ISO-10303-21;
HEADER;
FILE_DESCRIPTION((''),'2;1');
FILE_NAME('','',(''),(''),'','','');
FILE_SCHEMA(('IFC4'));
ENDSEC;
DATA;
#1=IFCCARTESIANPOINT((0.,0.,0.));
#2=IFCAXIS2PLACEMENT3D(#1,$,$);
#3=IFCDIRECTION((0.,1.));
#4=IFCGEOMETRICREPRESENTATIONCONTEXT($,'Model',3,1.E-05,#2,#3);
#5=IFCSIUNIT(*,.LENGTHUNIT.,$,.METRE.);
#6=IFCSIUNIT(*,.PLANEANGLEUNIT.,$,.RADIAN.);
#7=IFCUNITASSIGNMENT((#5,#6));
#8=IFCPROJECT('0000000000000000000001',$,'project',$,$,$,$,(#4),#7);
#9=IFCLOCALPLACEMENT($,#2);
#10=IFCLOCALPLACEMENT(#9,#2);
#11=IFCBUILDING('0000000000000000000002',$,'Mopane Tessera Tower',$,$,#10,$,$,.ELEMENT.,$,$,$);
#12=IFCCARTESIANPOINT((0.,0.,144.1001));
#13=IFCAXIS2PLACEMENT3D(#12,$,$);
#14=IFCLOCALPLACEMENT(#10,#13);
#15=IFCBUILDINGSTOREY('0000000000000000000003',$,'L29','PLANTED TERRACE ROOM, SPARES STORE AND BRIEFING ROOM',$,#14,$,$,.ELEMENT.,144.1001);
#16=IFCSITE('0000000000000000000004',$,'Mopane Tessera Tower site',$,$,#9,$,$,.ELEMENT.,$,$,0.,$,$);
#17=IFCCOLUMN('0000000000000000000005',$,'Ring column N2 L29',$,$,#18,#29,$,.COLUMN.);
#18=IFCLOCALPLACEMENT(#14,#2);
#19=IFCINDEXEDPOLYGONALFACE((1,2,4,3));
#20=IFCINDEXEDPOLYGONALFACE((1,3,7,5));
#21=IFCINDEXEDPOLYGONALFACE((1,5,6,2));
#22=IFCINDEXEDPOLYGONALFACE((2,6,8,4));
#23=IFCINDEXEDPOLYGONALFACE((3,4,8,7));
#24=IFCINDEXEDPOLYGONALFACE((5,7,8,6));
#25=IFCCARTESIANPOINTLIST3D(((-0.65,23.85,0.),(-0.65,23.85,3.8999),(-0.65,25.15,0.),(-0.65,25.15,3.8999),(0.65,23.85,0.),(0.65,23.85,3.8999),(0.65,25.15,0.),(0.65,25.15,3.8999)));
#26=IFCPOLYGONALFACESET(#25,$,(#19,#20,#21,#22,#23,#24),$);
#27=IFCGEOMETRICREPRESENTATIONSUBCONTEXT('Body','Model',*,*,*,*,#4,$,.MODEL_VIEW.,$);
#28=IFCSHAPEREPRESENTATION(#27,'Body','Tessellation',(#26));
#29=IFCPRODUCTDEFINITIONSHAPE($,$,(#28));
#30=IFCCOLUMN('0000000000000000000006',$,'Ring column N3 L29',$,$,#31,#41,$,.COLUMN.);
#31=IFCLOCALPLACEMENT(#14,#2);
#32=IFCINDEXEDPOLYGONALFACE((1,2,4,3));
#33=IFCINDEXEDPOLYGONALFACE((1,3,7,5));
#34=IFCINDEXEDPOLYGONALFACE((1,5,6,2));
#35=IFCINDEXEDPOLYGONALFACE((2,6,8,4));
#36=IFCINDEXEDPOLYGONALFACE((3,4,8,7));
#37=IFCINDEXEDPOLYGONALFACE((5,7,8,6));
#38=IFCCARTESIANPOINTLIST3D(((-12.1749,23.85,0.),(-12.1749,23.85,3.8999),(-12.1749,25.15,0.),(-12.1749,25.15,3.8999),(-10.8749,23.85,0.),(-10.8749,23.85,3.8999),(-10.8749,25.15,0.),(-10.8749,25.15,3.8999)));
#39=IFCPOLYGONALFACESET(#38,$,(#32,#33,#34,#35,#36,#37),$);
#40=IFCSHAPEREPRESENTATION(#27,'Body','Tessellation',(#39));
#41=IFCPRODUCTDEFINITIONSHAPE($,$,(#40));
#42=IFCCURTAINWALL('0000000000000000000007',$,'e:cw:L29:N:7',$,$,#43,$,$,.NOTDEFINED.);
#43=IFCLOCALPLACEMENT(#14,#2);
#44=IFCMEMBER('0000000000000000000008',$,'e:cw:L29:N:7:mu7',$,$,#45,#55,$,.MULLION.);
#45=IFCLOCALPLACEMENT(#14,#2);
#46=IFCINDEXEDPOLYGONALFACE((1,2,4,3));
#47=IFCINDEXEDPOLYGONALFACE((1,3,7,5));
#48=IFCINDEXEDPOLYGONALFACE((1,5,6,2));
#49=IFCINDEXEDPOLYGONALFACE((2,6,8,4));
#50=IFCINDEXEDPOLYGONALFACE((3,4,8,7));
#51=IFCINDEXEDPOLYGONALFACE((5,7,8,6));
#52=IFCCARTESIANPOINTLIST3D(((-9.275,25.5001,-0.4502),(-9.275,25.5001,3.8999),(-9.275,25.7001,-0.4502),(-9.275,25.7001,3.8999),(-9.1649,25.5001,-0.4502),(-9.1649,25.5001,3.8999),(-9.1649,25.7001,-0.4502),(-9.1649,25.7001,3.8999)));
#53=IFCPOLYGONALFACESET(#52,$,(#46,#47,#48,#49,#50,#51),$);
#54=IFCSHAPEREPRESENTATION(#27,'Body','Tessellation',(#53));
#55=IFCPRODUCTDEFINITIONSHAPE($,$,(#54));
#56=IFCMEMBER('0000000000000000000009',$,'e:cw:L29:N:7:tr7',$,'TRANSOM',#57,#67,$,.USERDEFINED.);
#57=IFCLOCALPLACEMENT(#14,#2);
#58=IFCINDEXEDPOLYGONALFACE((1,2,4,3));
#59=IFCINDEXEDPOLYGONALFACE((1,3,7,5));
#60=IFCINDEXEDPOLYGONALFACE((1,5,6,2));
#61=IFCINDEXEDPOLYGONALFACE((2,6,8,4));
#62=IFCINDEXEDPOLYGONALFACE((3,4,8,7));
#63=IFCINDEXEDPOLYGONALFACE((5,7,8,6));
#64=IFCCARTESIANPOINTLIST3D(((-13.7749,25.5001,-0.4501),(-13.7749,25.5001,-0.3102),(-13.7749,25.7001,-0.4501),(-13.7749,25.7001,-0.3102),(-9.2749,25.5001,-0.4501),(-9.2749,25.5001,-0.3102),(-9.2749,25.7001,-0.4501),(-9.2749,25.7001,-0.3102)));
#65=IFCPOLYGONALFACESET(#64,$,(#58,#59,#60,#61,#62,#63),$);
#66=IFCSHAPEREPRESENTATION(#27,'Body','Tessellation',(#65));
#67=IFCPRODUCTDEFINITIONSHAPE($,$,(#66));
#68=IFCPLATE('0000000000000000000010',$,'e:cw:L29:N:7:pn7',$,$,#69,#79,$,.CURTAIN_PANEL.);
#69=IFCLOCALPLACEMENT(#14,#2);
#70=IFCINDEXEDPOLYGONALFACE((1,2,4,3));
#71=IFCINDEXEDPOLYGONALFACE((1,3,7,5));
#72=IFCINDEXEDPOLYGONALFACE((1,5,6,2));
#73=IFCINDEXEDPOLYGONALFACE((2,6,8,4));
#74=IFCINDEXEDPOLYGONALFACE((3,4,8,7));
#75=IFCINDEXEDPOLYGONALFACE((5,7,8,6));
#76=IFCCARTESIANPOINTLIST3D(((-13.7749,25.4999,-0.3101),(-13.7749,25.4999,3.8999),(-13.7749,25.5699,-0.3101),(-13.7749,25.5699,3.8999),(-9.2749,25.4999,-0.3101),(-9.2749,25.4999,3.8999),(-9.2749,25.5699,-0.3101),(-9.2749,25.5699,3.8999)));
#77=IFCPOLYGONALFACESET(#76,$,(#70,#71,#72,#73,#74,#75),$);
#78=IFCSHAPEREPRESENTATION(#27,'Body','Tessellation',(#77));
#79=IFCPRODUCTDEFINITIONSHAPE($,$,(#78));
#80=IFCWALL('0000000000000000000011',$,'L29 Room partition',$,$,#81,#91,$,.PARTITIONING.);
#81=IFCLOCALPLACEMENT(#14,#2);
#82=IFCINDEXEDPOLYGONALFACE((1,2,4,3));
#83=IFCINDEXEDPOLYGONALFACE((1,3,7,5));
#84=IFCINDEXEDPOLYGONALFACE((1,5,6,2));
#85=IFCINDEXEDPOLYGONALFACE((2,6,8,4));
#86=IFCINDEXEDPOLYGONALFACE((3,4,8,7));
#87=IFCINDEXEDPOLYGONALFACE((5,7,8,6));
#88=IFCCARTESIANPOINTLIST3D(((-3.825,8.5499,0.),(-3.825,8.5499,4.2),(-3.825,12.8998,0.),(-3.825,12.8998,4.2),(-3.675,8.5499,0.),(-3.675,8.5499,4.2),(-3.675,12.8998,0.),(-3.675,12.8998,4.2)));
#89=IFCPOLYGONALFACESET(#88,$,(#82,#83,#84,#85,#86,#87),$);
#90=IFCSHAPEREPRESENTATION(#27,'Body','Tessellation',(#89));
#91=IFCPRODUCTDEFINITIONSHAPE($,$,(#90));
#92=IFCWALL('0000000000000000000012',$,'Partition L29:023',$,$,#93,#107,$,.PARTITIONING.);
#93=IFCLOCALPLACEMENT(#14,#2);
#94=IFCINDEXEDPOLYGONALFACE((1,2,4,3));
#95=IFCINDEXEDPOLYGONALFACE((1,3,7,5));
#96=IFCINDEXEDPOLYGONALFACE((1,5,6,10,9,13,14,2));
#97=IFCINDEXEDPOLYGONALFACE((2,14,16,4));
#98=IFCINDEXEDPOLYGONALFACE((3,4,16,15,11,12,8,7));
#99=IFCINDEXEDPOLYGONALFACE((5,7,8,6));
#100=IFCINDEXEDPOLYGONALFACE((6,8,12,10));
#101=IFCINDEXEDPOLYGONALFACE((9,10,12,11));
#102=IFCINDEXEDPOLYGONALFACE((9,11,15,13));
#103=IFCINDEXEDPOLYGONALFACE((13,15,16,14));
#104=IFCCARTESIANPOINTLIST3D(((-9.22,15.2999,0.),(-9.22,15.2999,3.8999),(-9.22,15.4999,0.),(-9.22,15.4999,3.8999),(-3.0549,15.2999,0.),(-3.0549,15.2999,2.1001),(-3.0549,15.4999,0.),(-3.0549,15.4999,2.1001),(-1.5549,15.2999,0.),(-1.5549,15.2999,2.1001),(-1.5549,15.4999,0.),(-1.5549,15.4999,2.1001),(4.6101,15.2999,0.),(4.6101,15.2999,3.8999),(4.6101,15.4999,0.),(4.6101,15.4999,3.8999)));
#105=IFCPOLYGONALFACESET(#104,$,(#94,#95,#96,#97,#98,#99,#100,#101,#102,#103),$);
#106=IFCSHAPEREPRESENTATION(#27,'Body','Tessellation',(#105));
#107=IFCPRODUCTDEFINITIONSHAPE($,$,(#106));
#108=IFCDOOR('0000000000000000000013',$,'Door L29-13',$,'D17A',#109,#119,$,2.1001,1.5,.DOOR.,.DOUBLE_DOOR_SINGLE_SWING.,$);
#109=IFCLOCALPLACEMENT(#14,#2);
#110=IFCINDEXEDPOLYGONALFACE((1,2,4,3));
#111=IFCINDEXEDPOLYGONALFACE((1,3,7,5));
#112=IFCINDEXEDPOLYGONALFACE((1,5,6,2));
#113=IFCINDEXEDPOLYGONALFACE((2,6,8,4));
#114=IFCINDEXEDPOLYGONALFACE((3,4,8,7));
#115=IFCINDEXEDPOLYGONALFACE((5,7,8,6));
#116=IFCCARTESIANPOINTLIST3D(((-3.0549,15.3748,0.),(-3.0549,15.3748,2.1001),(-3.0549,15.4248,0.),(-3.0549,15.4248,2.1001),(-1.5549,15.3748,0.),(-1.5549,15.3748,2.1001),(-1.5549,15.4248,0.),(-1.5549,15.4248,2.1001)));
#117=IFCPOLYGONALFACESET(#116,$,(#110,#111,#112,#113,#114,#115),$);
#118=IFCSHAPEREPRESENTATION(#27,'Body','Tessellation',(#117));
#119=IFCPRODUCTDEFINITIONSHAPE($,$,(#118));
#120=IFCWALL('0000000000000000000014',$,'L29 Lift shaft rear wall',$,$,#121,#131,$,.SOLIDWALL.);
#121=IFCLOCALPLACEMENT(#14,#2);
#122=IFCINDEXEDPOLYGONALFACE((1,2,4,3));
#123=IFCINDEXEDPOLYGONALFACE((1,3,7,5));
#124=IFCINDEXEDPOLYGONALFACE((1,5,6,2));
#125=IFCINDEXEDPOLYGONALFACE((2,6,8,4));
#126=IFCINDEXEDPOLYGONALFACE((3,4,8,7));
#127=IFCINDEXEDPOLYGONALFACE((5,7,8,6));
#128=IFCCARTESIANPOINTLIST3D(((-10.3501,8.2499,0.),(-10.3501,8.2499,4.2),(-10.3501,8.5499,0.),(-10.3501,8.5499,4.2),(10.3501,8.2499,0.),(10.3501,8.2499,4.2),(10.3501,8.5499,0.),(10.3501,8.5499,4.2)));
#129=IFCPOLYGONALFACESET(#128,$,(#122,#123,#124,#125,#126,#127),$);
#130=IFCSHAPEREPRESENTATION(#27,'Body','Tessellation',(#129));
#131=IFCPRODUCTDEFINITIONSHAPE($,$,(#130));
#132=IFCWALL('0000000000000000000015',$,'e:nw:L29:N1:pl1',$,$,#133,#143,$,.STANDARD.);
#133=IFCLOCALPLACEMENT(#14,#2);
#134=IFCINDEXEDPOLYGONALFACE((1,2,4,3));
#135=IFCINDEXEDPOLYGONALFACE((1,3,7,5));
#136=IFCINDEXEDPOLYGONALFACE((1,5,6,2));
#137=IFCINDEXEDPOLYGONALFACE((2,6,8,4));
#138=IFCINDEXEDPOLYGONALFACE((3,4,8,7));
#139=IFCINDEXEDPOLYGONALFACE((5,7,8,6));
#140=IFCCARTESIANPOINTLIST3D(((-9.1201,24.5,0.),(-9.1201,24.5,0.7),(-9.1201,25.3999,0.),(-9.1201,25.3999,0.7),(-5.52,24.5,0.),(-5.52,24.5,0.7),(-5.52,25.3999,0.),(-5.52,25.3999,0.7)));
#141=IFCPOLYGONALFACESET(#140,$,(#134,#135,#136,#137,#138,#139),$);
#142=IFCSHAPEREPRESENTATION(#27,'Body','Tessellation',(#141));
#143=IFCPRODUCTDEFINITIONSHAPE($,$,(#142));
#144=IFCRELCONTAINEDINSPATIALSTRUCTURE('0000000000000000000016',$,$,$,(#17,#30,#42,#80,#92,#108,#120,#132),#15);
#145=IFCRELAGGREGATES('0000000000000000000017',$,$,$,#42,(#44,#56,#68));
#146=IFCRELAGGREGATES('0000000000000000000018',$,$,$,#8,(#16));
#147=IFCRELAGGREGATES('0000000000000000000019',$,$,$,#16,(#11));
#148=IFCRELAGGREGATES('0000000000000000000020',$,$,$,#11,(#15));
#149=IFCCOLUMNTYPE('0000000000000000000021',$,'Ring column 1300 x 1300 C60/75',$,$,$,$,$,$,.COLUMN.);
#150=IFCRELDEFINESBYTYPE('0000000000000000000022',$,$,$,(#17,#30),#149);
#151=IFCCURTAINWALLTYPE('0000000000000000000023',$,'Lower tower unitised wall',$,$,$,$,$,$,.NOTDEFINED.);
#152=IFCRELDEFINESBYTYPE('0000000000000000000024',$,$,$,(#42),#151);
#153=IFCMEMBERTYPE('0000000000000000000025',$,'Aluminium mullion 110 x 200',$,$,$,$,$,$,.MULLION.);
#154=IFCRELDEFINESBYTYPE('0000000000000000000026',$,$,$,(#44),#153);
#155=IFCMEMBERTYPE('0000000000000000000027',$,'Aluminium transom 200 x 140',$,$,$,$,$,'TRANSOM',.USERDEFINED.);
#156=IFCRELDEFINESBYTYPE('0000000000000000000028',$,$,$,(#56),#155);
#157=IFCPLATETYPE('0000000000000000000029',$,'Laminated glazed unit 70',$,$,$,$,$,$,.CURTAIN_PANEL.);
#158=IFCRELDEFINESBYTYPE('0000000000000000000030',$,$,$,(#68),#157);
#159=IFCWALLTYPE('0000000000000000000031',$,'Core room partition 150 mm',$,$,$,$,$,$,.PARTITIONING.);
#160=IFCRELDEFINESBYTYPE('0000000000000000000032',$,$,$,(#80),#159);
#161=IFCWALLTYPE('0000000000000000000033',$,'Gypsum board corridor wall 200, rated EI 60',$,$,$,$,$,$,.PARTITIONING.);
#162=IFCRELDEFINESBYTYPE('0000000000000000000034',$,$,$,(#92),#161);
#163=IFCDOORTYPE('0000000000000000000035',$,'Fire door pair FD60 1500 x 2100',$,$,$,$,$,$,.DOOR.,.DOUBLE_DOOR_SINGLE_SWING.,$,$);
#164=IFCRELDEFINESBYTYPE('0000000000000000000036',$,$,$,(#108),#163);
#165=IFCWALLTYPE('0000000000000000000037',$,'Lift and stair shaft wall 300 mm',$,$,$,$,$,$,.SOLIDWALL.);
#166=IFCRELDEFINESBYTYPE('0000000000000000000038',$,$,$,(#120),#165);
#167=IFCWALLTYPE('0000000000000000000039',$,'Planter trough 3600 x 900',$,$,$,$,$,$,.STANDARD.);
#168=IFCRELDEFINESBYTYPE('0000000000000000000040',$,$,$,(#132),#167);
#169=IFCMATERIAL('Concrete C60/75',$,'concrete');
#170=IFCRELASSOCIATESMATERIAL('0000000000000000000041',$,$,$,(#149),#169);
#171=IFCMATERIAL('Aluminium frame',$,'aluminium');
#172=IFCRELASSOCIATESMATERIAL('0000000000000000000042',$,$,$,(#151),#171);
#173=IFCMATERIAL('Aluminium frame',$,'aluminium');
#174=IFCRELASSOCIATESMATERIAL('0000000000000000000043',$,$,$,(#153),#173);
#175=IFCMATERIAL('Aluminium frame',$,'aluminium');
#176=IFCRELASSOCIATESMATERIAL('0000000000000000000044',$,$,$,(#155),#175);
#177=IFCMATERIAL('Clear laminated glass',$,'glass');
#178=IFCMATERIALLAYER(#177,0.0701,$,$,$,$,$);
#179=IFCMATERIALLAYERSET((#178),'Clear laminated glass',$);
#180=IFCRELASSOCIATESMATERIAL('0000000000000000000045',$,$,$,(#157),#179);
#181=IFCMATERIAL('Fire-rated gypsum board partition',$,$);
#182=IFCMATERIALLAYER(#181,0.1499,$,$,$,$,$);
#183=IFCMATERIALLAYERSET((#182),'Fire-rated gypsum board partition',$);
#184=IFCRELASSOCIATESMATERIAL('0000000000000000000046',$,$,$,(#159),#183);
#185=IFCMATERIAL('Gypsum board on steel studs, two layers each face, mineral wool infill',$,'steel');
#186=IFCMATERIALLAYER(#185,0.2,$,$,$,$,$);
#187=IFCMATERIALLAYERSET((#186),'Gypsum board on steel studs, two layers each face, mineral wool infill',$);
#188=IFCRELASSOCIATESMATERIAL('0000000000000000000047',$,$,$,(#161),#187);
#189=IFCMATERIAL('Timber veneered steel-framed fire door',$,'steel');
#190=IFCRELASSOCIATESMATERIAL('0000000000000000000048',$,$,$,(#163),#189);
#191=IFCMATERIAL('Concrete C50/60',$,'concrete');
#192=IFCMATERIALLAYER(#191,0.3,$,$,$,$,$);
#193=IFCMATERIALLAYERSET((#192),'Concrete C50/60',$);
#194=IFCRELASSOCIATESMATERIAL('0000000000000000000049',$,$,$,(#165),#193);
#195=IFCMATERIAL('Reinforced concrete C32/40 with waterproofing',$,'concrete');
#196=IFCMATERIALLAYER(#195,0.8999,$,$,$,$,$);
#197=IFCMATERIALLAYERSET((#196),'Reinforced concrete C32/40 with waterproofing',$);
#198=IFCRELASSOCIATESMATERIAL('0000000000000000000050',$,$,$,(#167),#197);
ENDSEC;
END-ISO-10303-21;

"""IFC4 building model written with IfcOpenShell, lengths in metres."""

from ifc_helpers import new_model, si_unit, direction, frame, frame_2d, origin, origin_2d, place, context, subcontext, project, spatial, rectangle, extrude, material, layer, layer_set, material_profile, profile_set, type_object, element, fill, aggregate, save


model = new_model("IFC4")

# Units and contexts
model_context = context("Model", 3, precision=1e-05, world=origin(), true_north=direction((0.0, 1.0)))
body_context = subcontext(model_context, "Body", "Model", "MODEL_VIEW")
ifc_project = project(units=[si_unit("LENGTHUNIT", "METRE"), si_unit("PLANEANGLEUNIT", "RADIAN")], contexts=[model_context])

# Site, building, storey
site_placement = place(None, origin())
site = spatial("IfcSite", under=ifc_project, at=site_placement, Name="Mopane Tessera Tower site", CompositionType="ELEMENT", RefElevation=0.0)
building_placement = place(site_placement, origin())
building = spatial("IfcBuilding", under=site, at=building_placement, Name="Mopane Tessera Tower", CompositionType="ELEMENT")
storey_placement = place(building_placement, frame((0.0, 0.0, 144.1001)))
storey = spatial("IfcBuildingStorey", under=building, at=storey_placement, Name="L29", Description="PLANTED TERRACE ROOM, SPARES STORE AND BRIEFING ROOM", CompositionType="ELEMENT", Elevation=144.1001)

# Columns
ifc_material_1 = material(Name="Concrete C60/75", Category="concrete")
ifc_material_profile_1 = material_profile(ifc_material_1, rectangle(XDim=1.3, YDim=1.3, at=origin_2d()))
ifc_profile_set_1 = profile_set([ifc_material_profile_1], Name="Concrete C60/75")
column_type = type_object("IfcColumnType", Name="Ring column 1300 x 1300 C60/75", PredefinedType="COLUMN", material=ifc_profile_set_1)
for number, where, z_axis, x_axis, name in (
    (1, (0.0, 24.5, 0.0), (0.0, 0.0, 1.0), (1.0, 0.0, 0.0), "Ring column N2 L29"),
    (2, (-11.5249, 24.5, 0.0), (0.0, 0.0, 1.0), (1.0, 0.0, 0.0), "Ring column N3 L29"),
):
    element("IfcColumn", number, at=place(storey_placement, frame(where, z_axis=z_axis, x_axis=x_axis)), inside=storey, type_object=column_type, Name=name, PredefinedType="COLUMN", context=body_context, shape_type="SweptSolid", body=[
        extrude(rectangle(XDim=1.3, YDim=1.3, at=origin_2d()), origin(), (0.0, 0.0, 1.0), 3.8999),
    ])

# Curtain wall, members, plate
ifc_material_2 = material(Name="Aluminium frame", Category="aluminium")
curtain_wall_type = type_object("IfcCurtainWallType", Name="Lower tower unitised wall", PredefinedType="NOTDEFINED", material=ifc_material_2)
curtain_wall_placement = place(storey_placement, origin())
curtain_wall = element("IfcCurtainWall", 3, at=curtain_wall_placement, inside=storey, type_object=curtain_wall_type, Name="e:cw:L29:N:7", PredefinedType="NOTDEFINED")
ifc_material_3 = material(Name="Aluminium frame", Category="aluminium")
ifc_material_profile_2 = material_profile(ifc_material_3, rectangle(XDim=0.1101, YDim=0.2, at=origin_2d()))
ifc_profile_set_2 = profile_set([ifc_material_profile_2], Name="Aluminium frame")
member_type_1 = type_object("IfcMemberType", Name="Aluminium mullion 110 x 200", PredefinedType="MULLION", material=ifc_profile_set_2)
member_1_placement = place(storey_placement, frame((-9.22, 25.6001, -0.4502), z_axis=(0.0, 0.0, 1.0), x_axis=(-1.0, 0.0, 0.0)))
member_1 = element("IfcMember", 4, at=member_1_placement, type_object=member_type_1, Name="e:cw:L29:N:7:mu7", PredefinedType="MULLION", context=body_context, shape_type="SweptSolid", body=[
    extrude(rectangle(XDim=0.1101, YDim=0.2, at=origin_2d()), origin(), (0.0, 0.0, 1.0), 4.3501),
])
ifc_material_4 = material(Name="Aluminium frame", Category="aluminium")
ifc_material_profile_3 = material_profile(ifc_material_4, rectangle(XDim=0.2, YDim=0.1399, at=origin_2d()))
ifc_profile_set_3 = profile_set([ifc_material_profile_3], Name="Aluminium frame")
member_type_2 = type_object("IfcMemberType", Name="Aluminium transom 200 x 140", ElementType="TRANSOM", PredefinedType="USERDEFINED", material=ifc_profile_set_3)
member_2_placement = place(storey_placement, frame((-9.2749, 25.6001, -0.3801), z_axis=(-1.0, 0.0, 0.0), x_axis=(0.0, -1.0, 0.0)))
member_2 = element("IfcMember", 5, at=member_2_placement, type_object=member_type_2, Name="e:cw:L29:N:7:tr7", ObjectType="TRANSOM", PredefinedType="USERDEFINED", context=body_context, shape_type="SweptSolid", body=[
    extrude(rectangle(XDim=0.2, YDim=0.1399, at=origin_2d()), origin(), (0.0, 0.0, 1.0), 4.5),
])
ifc_material_5 = material(Name="Clear laminated glass", Category="glass")
ifc_layer_1 = layer(ifc_material_5, 0.0701)
ifc_layer_set_1 = layer_set([ifc_layer_1], Name="Clear laminated glass")
plate_type = type_object("IfcPlateType", Name="Laminated glazed unit 70", PredefinedType="CURTAIN_PANEL", material=ifc_layer_set_1)
plate_placement = place(storey_placement, frame((-11.5249, 25.5349, -0.3101), z_axis=(0.0, 0.0, 1.0), x_axis=(-1.0, 0.0, 0.0)))
plate = element("IfcPlate", 6, at=plate_placement, type_object=plate_type, Name="e:cw:L29:N:7:pn7", PredefinedType="CURTAIN_PANEL", context=body_context, shape_type="SweptSolid", body=[
    extrude(rectangle(XDim=4.5, YDim=0.0701, at=origin_2d()), origin(), (0.0, 0.0, 1.0), 4.21),
])
aggregate(curtain_wall, [member_1, member_2, plate])

# Wall
ifc_material_6 = material(Name="Fire-rated gypsum board partition")
ifc_layer_2 = layer(ifc_material_6, 0.1499)
ifc_layer_set_2 = layer_set([ifc_layer_2], Name="Fire-rated gypsum board partition")
wall_type_1 = type_object("IfcWallType", Name="Core room partition 150 mm", PredefinedType="PARTITIONING", material=ifc_layer_set_2)
wall_1_placement = place(storey_placement, frame((-3.75, 8.55, 0.0), z_axis=(0.0, 0.0, 1.0), x_axis=(0.0, 1.0, 0.0)))
element("IfcWall", 7, at=wall_1_placement, inside=storey, type_object=wall_type_1, Name="L29 Room partition", PredefinedType="PARTITIONING", context=body_context, shape_type="SweptSolid", body=[
    extrude(rectangle(XDim=4.3499, YDim=0.1499, at=frame_2d((2.1748, 0.0))), origin(), (0.0, 0.0, 1.0), 4.2),
])

# Wall, opening, door
ifc_material_7 = material(Name="Gypsum board on steel studs, two layers each face, mineral wool infill", Category="steel")
ifc_layer_3 = layer(ifc_material_7, 0.2)
ifc_layer_set_3 = layer_set([ifc_layer_3], Name="Gypsum board on steel studs, two layers each face, mineral wool infill")
wall_type_2 = type_object("IfcWallType", Name="Gypsum board corridor wall 200, rated EI 60", PredefinedType="PARTITIONING", material=ifc_layer_set_3)
wall_2_placement = place(storey_placement, frame((-9.22, 15.3999, 0.0), z_axis=(0.0, 0.0, 1.0), x_axis=(1.0, 0.0, 0.0)))
wall_2 = element("IfcWall", 8, at=wall_2_placement, inside=storey, type_object=wall_type_2, Name="Partition L29:023", PredefinedType="PARTITIONING", context=body_context, shape_type="SweptSolid", body=[
    extrude(rectangle(XDim=13.8301, YDim=0.2, at=frame_2d((6.915, 0.0))), origin(), (0.0, 0.0, 1.0), 3.8999),
])
opening_1_placement = place(wall_2_placement, frame((6.165, 0.0, 0.0)))
opening_1 = element("IfcOpeningElement", 9, at=opening_1_placement, cuts=wall_2, PredefinedType="OPENING", context=body_context, shape_type="SweptSolid", body=[
    extrude(rectangle(XDim=1.5, YDim=2.1001, at=frame_2d((0.75, 1.05))), frame((0.0, 0.1121, 0.0), z_axis=(0.0, -1.0, 0.0), x_axis=(1.0, 0.0, 0.0)), (0.0, 0.0, 1.0), 0.2239),
])
ifc_material_8 = material(Name="Timber veneered steel-framed fire door", Category="steel")
door_type_1 = type_object("IfcDoorType", Name="Fire door pair FD60 1500 x 2100", OperationType="DOUBLE_DOOR_SINGLE_SWING", PredefinedType="DOOR", material=ifc_material_8)
door_1_placement = place(opening_1_placement, origin())
door_1 = element("IfcDoor", 10, at=door_1_placement, inside=storey, type_object=door_type_1, Name="Door L29-13", ObjectType="D17A", OperationType="DOUBLE_DOOR_SINGLE_SWING", OverallHeight=2.1001, OverallWidth=1.5, PredefinedType="DOOR", context=body_context, shape_type="SweptSolid", body=[
    extrude(rectangle(XDim=1.5, YDim=2.1001, at=frame_2d((0.75, 1.05))), frame((0.0, 0.0249, 0.0), z_axis=(0.0, -1.0, 0.0), x_axis=(1.0, 0.0, 0.0)), (0.0, 0.0, 1.0), 0.05),
])
fill(opening_1, door_1)

# Walls
ifc_material_9 = material(Name="Concrete C50/60", Category="concrete")
ifc_layer_4 = layer(ifc_material_9, 0.3)
ifc_layer_set_4 = layer_set([ifc_layer_4], Name="Concrete C50/60")
wall_type_3 = type_object("IfcWallType", Name="Lift and stair shaft wall 300 mm", PredefinedType="SOLIDWALL", material=ifc_layer_set_4)
wall_3_placement = place(storey_placement, frame((-10.3501, 8.3999, 0.0), z_axis=(0.0, 0.0, 1.0), x_axis=(1.0, 0.0, 0.0)))
element("IfcWall", 11, at=wall_3_placement, inside=storey, type_object=wall_type_3, Name="L29 Lift shaft rear wall", PredefinedType="SOLIDWALL", context=body_context, shape_type="SweptSolid", body=[
    extrude(rectangle(XDim=20.7002, YDim=0.3, at=frame_2d((10.3501, 0.0))), origin(), (0.0, 0.0, 1.0), 4.2),
])
ifc_material_10 = material(Name="Reinforced concrete C32/40 with waterproofing", Category="concrete")
ifc_layer_5 = layer(ifc_material_10, 0.8999)
ifc_layer_set_5 = layer_set([ifc_layer_5], Name="Reinforced concrete C32/40 with waterproofing")
wall_type_4 = type_object("IfcWallType", Name="Planter trough 3600 x 900", PredefinedType="STANDARD", material=ifc_layer_set_5)
wall_4_placement = place(storey_placement, frame((-5.52, 24.95, 0.0), z_axis=(0.0, 0.0, 1.0), x_axis=(-1.0, 0.0, 0.0)))
element("IfcWall", 12, at=wall_4_placement, inside=storey, type_object=wall_type_4, Name="e:nw:L29:N1:pl1", PredefinedType="STANDARD", context=body_context, shape_type="SweptSolid", body=[
    extrude(rectangle(XDim=3.6001, YDim=0.8999, at=frame_2d((1.8, 0.0))), origin(), (0.0, 0.0, 1.0), 0.7),
])

save(model, "model.ifc")
